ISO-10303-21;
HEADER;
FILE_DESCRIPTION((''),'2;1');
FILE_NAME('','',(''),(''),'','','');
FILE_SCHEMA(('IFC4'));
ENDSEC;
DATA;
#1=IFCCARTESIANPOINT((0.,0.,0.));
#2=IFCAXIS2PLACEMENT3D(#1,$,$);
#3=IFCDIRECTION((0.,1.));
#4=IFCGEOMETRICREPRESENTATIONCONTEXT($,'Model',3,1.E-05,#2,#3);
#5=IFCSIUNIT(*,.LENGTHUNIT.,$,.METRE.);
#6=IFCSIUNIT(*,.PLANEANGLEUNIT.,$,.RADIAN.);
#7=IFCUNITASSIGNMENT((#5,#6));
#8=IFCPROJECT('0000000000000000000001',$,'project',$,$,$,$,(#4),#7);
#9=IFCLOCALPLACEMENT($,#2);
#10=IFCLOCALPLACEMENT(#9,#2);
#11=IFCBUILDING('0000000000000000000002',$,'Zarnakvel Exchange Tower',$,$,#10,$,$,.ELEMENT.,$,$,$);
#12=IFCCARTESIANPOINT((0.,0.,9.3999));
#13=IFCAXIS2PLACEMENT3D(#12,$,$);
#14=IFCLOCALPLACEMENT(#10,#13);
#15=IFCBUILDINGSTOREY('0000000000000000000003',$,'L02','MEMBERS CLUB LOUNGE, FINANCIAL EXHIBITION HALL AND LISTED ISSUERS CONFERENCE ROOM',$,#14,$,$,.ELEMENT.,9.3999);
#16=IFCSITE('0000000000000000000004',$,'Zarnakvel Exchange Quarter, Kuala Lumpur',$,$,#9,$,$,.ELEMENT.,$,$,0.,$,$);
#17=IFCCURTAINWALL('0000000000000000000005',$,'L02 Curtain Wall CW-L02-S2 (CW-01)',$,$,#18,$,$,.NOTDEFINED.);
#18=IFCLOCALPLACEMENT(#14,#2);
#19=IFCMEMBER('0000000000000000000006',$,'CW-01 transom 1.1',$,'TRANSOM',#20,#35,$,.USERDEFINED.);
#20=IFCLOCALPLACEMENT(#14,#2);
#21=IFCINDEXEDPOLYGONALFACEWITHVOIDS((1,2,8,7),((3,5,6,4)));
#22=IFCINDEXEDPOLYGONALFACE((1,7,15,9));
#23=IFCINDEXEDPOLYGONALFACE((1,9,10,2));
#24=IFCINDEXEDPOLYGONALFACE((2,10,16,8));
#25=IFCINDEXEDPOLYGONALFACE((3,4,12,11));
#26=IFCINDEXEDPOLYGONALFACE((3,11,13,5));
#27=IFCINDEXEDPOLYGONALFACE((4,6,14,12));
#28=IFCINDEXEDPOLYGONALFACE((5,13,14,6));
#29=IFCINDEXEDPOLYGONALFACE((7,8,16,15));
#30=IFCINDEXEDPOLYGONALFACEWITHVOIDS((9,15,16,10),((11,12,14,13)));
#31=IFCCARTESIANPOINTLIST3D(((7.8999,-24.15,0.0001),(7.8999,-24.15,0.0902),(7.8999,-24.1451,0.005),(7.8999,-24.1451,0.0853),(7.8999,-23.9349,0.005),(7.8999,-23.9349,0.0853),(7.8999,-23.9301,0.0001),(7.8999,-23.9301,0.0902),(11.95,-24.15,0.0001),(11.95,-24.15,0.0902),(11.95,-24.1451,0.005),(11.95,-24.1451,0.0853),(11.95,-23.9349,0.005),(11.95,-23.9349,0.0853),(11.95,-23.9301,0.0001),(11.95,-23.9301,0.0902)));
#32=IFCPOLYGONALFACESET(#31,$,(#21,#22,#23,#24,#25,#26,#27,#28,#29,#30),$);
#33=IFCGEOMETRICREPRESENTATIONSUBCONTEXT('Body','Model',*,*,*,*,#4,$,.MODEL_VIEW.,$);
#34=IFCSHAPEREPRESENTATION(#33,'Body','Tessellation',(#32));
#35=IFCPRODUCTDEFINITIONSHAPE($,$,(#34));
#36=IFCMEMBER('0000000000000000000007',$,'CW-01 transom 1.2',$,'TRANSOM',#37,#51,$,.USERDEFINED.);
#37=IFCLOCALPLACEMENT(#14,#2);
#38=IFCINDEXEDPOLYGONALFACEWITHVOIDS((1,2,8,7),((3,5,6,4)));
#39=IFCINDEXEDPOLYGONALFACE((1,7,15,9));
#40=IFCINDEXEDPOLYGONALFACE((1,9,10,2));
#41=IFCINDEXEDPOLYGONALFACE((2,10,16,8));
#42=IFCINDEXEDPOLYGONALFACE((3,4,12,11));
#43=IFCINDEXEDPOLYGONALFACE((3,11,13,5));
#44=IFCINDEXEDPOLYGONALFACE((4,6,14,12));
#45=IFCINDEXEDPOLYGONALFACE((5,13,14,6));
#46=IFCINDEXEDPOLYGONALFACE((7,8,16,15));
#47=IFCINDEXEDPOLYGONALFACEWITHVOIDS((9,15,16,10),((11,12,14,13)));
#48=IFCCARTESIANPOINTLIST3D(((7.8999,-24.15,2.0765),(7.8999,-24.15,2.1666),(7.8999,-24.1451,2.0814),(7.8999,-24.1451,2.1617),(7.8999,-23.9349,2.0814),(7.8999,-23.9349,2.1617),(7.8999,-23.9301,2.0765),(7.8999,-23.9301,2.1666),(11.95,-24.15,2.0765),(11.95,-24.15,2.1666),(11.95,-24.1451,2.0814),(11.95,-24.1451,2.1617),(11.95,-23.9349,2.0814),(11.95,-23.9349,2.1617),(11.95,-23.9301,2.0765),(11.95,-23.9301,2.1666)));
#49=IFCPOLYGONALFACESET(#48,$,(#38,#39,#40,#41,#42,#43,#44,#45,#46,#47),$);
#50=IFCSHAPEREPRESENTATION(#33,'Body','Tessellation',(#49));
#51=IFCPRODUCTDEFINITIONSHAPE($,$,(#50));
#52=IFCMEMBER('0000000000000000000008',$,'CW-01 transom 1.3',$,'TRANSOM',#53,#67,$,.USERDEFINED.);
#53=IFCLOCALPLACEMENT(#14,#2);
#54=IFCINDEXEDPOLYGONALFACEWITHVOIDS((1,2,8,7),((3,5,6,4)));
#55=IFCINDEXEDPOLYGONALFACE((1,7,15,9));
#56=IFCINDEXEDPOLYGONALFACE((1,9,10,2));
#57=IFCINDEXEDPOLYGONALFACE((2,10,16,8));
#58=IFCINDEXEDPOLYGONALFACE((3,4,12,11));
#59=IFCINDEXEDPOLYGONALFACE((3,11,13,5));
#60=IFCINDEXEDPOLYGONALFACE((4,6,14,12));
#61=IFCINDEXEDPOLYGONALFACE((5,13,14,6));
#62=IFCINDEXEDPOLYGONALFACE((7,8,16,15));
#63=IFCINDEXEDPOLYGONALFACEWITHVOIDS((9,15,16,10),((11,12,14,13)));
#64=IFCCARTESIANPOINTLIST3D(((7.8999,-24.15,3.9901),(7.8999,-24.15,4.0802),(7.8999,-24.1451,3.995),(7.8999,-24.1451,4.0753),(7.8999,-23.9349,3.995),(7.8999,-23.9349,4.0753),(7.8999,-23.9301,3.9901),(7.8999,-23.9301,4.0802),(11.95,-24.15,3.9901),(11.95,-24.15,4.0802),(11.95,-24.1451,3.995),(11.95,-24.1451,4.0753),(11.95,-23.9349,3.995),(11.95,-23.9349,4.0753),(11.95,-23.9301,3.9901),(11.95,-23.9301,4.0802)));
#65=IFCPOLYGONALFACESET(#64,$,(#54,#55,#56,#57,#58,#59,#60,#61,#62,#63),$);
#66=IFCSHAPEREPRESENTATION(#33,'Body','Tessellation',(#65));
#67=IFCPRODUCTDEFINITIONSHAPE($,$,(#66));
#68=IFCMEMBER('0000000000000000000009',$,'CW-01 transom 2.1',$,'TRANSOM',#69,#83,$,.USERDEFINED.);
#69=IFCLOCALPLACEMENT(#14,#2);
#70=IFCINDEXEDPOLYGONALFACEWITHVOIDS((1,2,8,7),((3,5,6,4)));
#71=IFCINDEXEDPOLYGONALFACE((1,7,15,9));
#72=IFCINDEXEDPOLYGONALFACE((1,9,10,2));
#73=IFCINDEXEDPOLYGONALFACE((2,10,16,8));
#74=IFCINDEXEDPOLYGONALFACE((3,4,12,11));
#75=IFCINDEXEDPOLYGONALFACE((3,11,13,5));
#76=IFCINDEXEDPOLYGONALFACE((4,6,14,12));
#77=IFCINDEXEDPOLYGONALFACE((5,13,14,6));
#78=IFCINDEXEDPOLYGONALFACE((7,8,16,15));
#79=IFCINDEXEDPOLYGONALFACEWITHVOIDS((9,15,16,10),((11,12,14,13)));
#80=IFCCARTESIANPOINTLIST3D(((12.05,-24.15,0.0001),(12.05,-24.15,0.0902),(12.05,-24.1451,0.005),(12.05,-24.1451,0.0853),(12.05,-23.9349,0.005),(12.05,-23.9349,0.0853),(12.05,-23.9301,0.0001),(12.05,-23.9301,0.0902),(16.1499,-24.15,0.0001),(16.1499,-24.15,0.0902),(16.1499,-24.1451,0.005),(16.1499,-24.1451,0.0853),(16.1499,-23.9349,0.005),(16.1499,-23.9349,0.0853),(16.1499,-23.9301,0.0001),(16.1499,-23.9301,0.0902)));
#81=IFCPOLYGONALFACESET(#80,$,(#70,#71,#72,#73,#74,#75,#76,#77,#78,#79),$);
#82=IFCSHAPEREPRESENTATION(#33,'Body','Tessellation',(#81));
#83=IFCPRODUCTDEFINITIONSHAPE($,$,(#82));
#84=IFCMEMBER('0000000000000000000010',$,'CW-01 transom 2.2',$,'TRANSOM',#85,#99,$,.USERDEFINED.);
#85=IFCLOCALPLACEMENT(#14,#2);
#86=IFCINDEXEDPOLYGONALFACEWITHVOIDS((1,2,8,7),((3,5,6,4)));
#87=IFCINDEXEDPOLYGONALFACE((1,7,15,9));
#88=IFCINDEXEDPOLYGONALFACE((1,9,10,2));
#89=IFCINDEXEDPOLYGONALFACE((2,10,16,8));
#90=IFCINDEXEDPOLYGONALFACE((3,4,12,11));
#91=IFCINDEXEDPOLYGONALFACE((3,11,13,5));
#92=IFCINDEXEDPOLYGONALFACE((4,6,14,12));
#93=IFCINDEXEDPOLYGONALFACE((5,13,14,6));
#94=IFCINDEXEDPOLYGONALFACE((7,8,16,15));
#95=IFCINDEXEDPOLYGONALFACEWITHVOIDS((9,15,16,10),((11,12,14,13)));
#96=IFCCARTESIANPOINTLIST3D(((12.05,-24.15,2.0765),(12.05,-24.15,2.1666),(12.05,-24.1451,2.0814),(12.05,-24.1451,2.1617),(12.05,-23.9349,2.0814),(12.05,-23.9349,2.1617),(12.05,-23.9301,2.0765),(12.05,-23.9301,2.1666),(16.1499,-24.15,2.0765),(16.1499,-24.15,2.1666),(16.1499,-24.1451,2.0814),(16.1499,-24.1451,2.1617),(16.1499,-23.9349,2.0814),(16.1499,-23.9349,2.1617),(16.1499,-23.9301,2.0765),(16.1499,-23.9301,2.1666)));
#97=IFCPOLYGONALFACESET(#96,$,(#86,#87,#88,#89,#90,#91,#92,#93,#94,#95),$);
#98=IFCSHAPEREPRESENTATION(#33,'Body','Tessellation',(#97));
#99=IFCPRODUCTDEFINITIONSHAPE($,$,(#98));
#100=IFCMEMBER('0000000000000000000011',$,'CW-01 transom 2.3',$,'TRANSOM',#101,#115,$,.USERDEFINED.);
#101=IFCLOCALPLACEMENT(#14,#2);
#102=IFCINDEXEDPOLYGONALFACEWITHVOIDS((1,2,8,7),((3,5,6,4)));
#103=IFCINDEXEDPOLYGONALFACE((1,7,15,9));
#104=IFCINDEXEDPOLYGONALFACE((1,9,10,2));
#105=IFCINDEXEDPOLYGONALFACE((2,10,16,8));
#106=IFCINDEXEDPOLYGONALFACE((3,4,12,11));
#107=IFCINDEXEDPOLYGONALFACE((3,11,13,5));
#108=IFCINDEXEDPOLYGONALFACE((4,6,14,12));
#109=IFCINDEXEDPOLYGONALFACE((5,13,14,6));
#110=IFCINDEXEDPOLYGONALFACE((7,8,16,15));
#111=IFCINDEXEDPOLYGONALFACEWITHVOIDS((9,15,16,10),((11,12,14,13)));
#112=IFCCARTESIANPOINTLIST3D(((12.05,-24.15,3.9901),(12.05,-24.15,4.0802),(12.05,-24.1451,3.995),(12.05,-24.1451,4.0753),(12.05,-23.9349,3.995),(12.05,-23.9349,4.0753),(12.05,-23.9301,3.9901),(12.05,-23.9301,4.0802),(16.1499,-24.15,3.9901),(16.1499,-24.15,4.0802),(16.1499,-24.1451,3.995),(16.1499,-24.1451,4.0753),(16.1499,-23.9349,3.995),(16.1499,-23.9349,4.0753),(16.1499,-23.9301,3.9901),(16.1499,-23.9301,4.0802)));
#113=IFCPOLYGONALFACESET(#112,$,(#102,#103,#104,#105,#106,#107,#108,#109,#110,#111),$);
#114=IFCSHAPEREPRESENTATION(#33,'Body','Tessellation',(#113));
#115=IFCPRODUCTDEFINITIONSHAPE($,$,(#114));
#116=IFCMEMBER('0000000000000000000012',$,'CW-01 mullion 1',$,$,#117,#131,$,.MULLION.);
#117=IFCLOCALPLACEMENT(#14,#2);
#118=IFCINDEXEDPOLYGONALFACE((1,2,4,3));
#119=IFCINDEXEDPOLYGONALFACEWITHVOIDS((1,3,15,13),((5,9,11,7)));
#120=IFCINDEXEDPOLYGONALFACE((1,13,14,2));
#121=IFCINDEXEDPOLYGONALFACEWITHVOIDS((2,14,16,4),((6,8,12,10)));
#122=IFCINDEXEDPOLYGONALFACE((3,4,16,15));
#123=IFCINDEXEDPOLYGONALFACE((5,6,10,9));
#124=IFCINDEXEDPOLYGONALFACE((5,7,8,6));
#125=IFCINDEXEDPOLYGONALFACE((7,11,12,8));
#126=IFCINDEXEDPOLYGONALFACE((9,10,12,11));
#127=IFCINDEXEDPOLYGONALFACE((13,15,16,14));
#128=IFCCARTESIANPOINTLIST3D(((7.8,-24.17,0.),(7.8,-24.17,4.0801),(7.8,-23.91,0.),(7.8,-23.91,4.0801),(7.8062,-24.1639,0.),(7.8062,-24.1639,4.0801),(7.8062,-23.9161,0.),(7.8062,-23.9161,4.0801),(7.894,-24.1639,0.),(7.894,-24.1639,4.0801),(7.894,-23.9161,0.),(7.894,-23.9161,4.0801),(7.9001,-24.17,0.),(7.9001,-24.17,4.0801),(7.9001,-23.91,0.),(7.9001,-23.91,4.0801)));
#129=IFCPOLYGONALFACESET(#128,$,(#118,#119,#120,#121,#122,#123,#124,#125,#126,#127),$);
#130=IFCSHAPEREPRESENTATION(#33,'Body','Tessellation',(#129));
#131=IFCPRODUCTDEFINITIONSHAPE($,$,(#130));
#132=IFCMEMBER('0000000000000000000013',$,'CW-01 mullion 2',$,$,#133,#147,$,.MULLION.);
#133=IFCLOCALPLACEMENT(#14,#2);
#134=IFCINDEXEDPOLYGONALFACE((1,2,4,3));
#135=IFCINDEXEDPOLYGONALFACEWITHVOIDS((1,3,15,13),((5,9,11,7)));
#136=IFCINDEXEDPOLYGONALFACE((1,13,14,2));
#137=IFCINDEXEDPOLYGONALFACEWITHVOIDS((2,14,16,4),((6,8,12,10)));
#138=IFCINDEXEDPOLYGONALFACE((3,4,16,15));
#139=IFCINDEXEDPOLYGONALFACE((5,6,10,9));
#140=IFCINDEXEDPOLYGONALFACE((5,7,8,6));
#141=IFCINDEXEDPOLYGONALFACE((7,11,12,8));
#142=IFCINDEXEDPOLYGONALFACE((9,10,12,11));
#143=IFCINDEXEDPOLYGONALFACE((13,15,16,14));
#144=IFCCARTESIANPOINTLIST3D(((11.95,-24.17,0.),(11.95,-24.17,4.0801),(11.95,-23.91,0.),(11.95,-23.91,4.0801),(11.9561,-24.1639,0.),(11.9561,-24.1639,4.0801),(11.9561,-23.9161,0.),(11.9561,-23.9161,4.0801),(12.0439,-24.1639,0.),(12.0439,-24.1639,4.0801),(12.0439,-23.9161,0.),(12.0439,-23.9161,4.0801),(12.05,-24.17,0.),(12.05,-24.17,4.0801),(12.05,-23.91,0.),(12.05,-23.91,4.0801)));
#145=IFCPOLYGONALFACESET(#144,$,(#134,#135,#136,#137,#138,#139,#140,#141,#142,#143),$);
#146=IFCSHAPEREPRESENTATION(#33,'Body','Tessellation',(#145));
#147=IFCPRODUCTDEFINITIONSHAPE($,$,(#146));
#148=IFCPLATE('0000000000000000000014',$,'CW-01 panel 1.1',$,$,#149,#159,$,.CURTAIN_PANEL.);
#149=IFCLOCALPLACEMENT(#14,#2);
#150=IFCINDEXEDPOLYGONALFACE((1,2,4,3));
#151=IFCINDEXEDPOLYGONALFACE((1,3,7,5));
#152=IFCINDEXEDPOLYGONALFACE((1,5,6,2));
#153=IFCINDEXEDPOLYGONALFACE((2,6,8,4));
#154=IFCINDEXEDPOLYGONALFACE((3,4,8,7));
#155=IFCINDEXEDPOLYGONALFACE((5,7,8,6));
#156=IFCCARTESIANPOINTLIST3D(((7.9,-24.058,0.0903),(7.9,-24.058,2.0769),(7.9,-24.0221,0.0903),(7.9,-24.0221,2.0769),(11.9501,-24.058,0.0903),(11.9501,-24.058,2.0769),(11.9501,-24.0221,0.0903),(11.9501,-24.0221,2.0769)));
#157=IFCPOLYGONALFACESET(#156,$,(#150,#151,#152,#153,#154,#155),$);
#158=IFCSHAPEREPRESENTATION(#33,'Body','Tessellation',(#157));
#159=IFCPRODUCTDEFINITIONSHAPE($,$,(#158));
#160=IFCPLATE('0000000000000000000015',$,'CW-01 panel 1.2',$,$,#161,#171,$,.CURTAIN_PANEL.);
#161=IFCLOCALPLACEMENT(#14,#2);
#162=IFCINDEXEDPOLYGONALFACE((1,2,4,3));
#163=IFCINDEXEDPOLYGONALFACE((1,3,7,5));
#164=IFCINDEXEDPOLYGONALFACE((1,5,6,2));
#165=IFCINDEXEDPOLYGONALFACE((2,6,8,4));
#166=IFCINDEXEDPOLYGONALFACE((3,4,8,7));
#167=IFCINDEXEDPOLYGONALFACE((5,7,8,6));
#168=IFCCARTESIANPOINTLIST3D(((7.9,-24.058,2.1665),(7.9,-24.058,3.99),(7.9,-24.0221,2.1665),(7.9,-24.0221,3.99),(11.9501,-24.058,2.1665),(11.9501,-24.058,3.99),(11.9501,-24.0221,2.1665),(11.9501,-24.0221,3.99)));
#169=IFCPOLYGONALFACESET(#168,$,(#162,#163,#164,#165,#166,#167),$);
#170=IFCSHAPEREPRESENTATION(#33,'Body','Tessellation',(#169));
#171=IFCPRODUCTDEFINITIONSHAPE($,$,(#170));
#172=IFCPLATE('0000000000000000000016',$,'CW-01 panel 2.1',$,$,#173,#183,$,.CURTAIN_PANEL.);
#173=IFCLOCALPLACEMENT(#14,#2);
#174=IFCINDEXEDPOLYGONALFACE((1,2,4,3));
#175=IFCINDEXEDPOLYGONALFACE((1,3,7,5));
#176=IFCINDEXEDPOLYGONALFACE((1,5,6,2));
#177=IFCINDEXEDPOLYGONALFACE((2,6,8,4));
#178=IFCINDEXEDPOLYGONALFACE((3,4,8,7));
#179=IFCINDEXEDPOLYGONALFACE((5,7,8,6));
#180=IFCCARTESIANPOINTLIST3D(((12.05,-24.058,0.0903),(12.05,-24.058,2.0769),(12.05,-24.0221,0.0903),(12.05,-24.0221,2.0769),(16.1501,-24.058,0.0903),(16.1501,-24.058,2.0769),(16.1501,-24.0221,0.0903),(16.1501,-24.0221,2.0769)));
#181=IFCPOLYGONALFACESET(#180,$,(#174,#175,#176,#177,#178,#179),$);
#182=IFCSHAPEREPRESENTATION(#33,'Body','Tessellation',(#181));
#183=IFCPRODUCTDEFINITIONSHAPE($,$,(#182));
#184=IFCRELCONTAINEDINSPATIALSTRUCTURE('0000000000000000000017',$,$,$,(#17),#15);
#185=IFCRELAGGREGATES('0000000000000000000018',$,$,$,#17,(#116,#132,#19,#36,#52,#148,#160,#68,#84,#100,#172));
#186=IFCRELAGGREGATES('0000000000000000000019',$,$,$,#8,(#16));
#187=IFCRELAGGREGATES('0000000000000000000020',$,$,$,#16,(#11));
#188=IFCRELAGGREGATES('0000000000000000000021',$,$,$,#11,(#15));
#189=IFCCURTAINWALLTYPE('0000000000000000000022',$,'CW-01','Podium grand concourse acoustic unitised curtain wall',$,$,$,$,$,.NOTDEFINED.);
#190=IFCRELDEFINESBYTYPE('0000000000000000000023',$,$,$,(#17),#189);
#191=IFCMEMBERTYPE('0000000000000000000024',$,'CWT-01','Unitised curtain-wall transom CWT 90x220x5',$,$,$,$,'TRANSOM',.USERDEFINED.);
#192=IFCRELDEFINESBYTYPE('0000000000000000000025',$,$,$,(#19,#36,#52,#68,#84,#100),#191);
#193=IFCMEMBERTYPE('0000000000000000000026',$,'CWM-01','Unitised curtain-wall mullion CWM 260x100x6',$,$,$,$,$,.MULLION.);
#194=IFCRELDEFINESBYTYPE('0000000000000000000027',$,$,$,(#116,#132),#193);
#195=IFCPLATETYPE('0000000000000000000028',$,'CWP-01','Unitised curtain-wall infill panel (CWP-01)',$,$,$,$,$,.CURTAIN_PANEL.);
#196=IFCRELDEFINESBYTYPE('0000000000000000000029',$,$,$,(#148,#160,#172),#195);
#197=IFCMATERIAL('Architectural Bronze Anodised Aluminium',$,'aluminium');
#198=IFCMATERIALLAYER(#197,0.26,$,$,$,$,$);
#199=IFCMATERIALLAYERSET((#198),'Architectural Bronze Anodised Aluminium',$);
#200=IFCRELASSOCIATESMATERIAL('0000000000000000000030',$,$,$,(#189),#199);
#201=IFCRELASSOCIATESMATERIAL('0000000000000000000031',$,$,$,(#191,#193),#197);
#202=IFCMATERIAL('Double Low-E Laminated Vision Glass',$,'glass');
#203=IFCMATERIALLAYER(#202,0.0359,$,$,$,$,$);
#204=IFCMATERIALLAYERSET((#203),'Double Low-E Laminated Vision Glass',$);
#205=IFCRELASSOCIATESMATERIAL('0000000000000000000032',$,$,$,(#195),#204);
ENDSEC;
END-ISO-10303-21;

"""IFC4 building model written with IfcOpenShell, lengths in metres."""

from ifc_helpers import new_model, si_unit, direction, frame, origin, origin_2d, place, context, subcontext, project, spatial, rectangle, hollow_rectangle, extrude, source, transform, mapped, material, layer, layer_set, material_profile, profile_set, type_object, element, aggregate, save


model = new_model("IFC4")

# Units and contexts
model_context = context("Model", 3, precision=1e-05, world=origin(), true_north=direction((0.0, 1.0)))
body_context = subcontext(model_context, "Body", "Model", "MODEL_VIEW")
ifc_project = project(units=[si_unit("LENGTHUNIT", "METRE"), si_unit("PLANEANGLEUNIT", "RADIAN")], contexts=[model_context])

# Site, building, storey
site_placement = place(None, origin())
site = spatial("IfcSite", under=ifc_project, at=site_placement, Name="Zarnakvel Exchange Quarter, Kuala Lumpur", CompositionType="ELEMENT", RefElevation=0.0)
building_placement = place(site_placement, origin())
building = spatial("IfcBuilding", under=site, at=building_placement, Name="Zarnakvel Exchange Tower", CompositionType="ELEMENT")
storey_placement = place(building_placement, frame((0.0, 0.0, 9.3999)))
storey = spatial("IfcBuildingStorey", under=building, at=storey_placement, Name="L02", Description="MEMBERS CLUB LOUNGE, FINANCIAL EXHIBITION HALL AND LISTED ISSUERS CONFERENCE ROOM", CompositionType="ELEMENT", Elevation=9.3999)

# Curtain wall, members, plates
ifc_material_1 = material(Name="Architectural Bronze Anodised Aluminium", Category="aluminium")
ifc_layer_1 = layer(ifc_material_1, 0.26)
ifc_layer_set_1 = layer_set([ifc_layer_1], Name="Architectural Bronze Anodised Aluminium")
curtain_wall_type = type_object("IfcCurtainWallType", Name="CW-01", Description="Podium grand concourse acoustic unitised curtain wall", PredefinedType="NOTDEFINED", material=ifc_layer_set_1)
curtain_wall_placement = place(storey_placement, origin())
curtain_wall = element("IfcCurtainWall", 1, at=curtain_wall_placement, inside=storey, type_object=curtain_wall_type, Name="L02 Curtain Wall CW-L02-S2 (CW-01)", PredefinedType="NOTDEFINED")
ifc_material_profile_1 = material_profile(ifc_material_1, hollow_rectangle(XDim=0.22, YDim=0.0901, WallThickness=0.0049, at=origin_2d()))
ifc_profile_set_1 = profile_set([ifc_material_profile_1], Name="Architectural Bronze Anodised Aluminium")
member_type_1 = type_object("IfcMemberType", Name="CWT-01", Description="Unitised curtain-wall transom CWT 90x220x5", ElementType="TRANSOM", PredefinedType="USERDEFINED", material=ifc_profile_set_1)
shared_shape_1 = source(origin(), body_context, "Body", "SweptSolid", [
    extrude(hollow_rectangle(XDim=0.22, YDim=0.0901, WallThickness=0.0049, at=origin_2d()), origin(), (0.0, 0.0, 1.0), 4.05),
])
member_1_placement = place(storey_placement, frame((7.8999, -24.04, 0.0452), z_axis=(1.0, 0.0, 0.0), x_axis=(0.0, 1.0, 0.0)))
member_1 = element("IfcMember", 2, at=member_1_placement, type_object=member_type_1, Name="CW-01 transom 1.1", ObjectType="TRANSOM", PredefinedType="USERDEFINED", context=body_context, shape_type="MappedRepresentation", body=[
    mapped(shared_shape_1, transform((0.0, 0.0, 0.0), x_axis=(1.0, 0.0, 0.0), y_axis=(0.0, 1.0, 0.0), z_axis=(0.0, 0.0, 1.0), scale=1.0)),
])
member_2_placement = place(storey_placement, frame((7.8999, -24.04, 2.1216), z_axis=(1.0, 0.0, 0.0), x_axis=(0.0, 1.0, 0.0)))
member_2 = element("IfcMember", 3, at=member_2_placement, type_object=member_type_1, Name="CW-01 transom 1.2", ObjectType="TRANSOM", PredefinedType="USERDEFINED", context=body_context, shape_type="MappedRepresentation", body=[
    mapped(shared_shape_1, transform((0.0, 0.0, 0.0), x_axis=(1.0, 0.0, 0.0), y_axis=(0.0, 1.0, 0.0), z_axis=(0.0, 0.0, 1.0), scale=1.0)),
])
member_3_placement = place(storey_placement, frame((7.8999, -24.04, 4.0352), z_axis=(1.0, 0.0, 0.0), x_axis=(0.0, 1.0, 0.0)))
member_3 = element("IfcMember", 4, at=member_3_placement, type_object=member_type_1, Name="CW-01 transom 1.3", ObjectType="TRANSOM", PredefinedType="USERDEFINED", context=body_context, shape_type="MappedRepresentation", body=[
    mapped(shared_shape_1, transform((0.0, 0.0, 0.0), x_axis=(1.0, 0.0, 0.0), y_axis=(0.0, 1.0, 0.0), z_axis=(0.0, 0.0, 1.0), scale=1.0)),
])
shared_shape_2 = source(origin(), body_context, "Body", "SweptSolid", [
    extrude(hollow_rectangle(XDim=0.22, YDim=0.0901, WallThickness=0.0049, at=origin_2d()), origin(), (0.0, 0.0, 1.0), 4.0999),
])
member_4_placement = place(storey_placement, frame((12.05, -24.04, 0.0452), z_axis=(1.0, 0.0, 0.0), x_axis=(0.0, 1.0, 0.0)))
member_4 = element("IfcMember", 5, at=member_4_placement, type_object=member_type_1, Name="CW-01 transom 2.1", ObjectType="TRANSOM", PredefinedType="USERDEFINED", context=body_context, shape_type="MappedRepresentation", body=[
    mapped(shared_shape_2, transform((0.0, 0.0, 0.0), x_axis=(1.0, 0.0, 0.0), y_axis=(0.0, 1.0, 0.0), z_axis=(0.0, 0.0, 1.0), scale=1.0)),
])
member_5_placement = place(storey_placement, frame((12.05, -24.04, 2.1216), z_axis=(1.0, 0.0, 0.0), x_axis=(0.0, 1.0, 0.0)))
member_5 = element("IfcMember", 6, at=member_5_placement, type_object=member_type_1, Name="CW-01 transom 2.2", ObjectType="TRANSOM", PredefinedType="USERDEFINED", context=body_context, shape_type="MappedRepresentation", body=[
    mapped(shared_shape_2, transform((0.0, 0.0, 0.0), x_axis=(1.0, 0.0, 0.0), y_axis=(0.0, 1.0, 0.0), z_axis=(0.0, 0.0, 1.0), scale=1.0)),
])
member_6_placement = place(storey_placement, frame((12.05, -24.04, 4.0352), z_axis=(1.0, 0.0, 0.0), x_axis=(0.0, 1.0, 0.0)))
member_6 = element("IfcMember", 7, at=member_6_placement, type_object=member_type_1, Name="CW-01 transom 2.3", ObjectType="TRANSOM", PredefinedType="USERDEFINED", context=body_context, shape_type="MappedRepresentation", body=[
    mapped(shared_shape_2, transform((0.0, 0.0, 0.0), x_axis=(1.0, 0.0, 0.0), y_axis=(0.0, 1.0, 0.0), z_axis=(0.0, 0.0, 1.0), scale=1.0)),
])
ifc_material_profile_2 = material_profile(ifc_material_1, hollow_rectangle(XDim=0.26, YDim=0.1001, WallThickness=0.0061, at=origin_2d()))
ifc_profile_set_2 = profile_set([ifc_material_profile_2], Name="Architectural Bronze Anodised Aluminium")
member_type_2 = type_object("IfcMemberType", Name="CWM-01", Description="Unitised curtain-wall mullion CWM 260x100x6", PredefinedType="MULLION", material=ifc_profile_set_2)
shared_shape_3 = source(origin(), body_context, "Body", "SweptSolid", [
    extrude(hollow_rectangle(XDim=0.26, YDim=0.1001, WallThickness=0.0061, at=origin_2d()), origin(), (0.0, 0.0, 1.0), 4.0801),
])
member_7_placement = place(storey_placement, frame((7.8501, -24.04, 0.0), z_axis=(0.0, 0.0, 1.0), x_axis=(0.0, 1.0, 0.0)))
member_7 = element("IfcMember", 8, at=member_7_placement, type_object=member_type_2, Name="CW-01 mullion 1", PredefinedType="MULLION", context=body_context, shape_type="MappedRepresentation", body=[
    mapped(shared_shape_3, transform((0.0, 0.0, 0.0), x_axis=(1.0, 0.0, 0.0), y_axis=(0.0, 1.0, 0.0), z_axis=(0.0, 0.0, 1.0), scale=1.0)),
])
member_8_placement = place(storey_placement, frame((12.0, -24.04, 0.0), z_axis=(0.0, 0.0, 1.0), x_axis=(0.0, 1.0, 0.0)))
member_8 = element("IfcMember", 9, at=member_8_placement, type_object=member_type_2, Name="CW-01 mullion 2", PredefinedType="MULLION", context=body_context, shape_type="MappedRepresentation", body=[
    mapped(shared_shape_3, transform((0.0, 0.0, 0.0), x_axis=(1.0, 0.0, 0.0), y_axis=(0.0, 1.0, 0.0), z_axis=(0.0, 0.0, 1.0), scale=1.0)),
])
ifc_material_2 = material(Name="Double Low-E Laminated Vision Glass", Category="glass")
ifc_layer_2 = layer(ifc_material_2, 0.0359)
ifc_layer_set_2 = layer_set([ifc_layer_2], Name="Double Low-E Laminated Vision Glass")
plate_type = type_object("IfcPlateType", Name="CWP-01", Description="Unitised curtain-wall infill panel (CWP-01)", PredefinedType="CURTAIN_PANEL", material=ifc_layer_set_2)
shared_shape_4 = source(origin(), body_context, "Body", "SweptSolid", [
    extrude(rectangle(XDim=4.05, YDim=0.0359, at=origin_2d()), origin(), (0.0, 0.0, 1.0), 1.9866),
])
plate_1_placement = place(storey_placement, frame((9.925, -24.04, 0.0903), z_axis=(0.0, 0.0, 1.0), x_axis=(1.0, 0.0, 0.0)))
plate_1 = element("IfcPlate", 10, at=plate_1_placement, type_object=plate_type, Name="CW-01 panel 1.1", PredefinedType="CURTAIN_PANEL", context=body_context, shape_type="MappedRepresentation", body=[
    mapped(shared_shape_4, transform((0.0, 0.0, 0.0), x_axis=(1.0, 0.0, 0.0), y_axis=(0.0, 1.0, 0.0), z_axis=(0.0, 0.0, 1.0), scale=1.0)),
])
shared_shape_5 = source(origin(), body_context, "Body", "SweptSolid", [
    extrude(rectangle(XDim=4.05, YDim=0.0359, at=origin_2d()), origin(), (0.0, 0.0, 1.0), 1.8235),
])
plate_2_placement = place(storey_placement, frame((9.925, -24.04, 2.1665), z_axis=(0.0, 0.0, 1.0), x_axis=(1.0, 0.0, 0.0)))
plate_2 = element("IfcPlate", 11, at=plate_2_placement, type_object=plate_type, Name="CW-01 panel 1.2", PredefinedType="CURTAIN_PANEL", context=body_context, shape_type="MappedRepresentation", body=[
    mapped(shared_shape_5, transform((0.0, 0.0, 0.0), x_axis=(1.0, 0.0, 0.0), y_axis=(0.0, 1.0, 0.0), z_axis=(0.0, 0.0, 1.0), scale=1.0)),
])
shared_shape_6 = source(origin(), body_context, "Body", "SweptSolid", [
    extrude(rectangle(XDim=4.1001, YDim=0.0359, at=origin_2d()), origin(), (0.0, 0.0, 1.0), 1.9866),
])
plate_3_placement = place(storey_placement, frame((14.1001, -24.04, 0.0903), z_axis=(0.0, 0.0, 1.0), x_axis=(1.0, 0.0, 0.0)))
plate_3 = element("IfcPlate", 12, at=plate_3_placement, type_object=plate_type, Name="CW-01 panel 2.1", PredefinedType="CURTAIN_PANEL", context=body_context, shape_type="MappedRepresentation", body=[
    mapped(shared_shape_6, transform((0.0, 0.0, 0.0), x_axis=(1.0, 0.0, 0.0), y_axis=(0.0, 1.0, 0.0), z_axis=(0.0, 0.0, 1.0), scale=1.0)),
])
aggregate(curtain_wall, [member_7, member_8, member_1, member_2, member_3, plate_1, plate_2, member_4, member_5, member_6, plate_3])

save(model, "model.ifc")
